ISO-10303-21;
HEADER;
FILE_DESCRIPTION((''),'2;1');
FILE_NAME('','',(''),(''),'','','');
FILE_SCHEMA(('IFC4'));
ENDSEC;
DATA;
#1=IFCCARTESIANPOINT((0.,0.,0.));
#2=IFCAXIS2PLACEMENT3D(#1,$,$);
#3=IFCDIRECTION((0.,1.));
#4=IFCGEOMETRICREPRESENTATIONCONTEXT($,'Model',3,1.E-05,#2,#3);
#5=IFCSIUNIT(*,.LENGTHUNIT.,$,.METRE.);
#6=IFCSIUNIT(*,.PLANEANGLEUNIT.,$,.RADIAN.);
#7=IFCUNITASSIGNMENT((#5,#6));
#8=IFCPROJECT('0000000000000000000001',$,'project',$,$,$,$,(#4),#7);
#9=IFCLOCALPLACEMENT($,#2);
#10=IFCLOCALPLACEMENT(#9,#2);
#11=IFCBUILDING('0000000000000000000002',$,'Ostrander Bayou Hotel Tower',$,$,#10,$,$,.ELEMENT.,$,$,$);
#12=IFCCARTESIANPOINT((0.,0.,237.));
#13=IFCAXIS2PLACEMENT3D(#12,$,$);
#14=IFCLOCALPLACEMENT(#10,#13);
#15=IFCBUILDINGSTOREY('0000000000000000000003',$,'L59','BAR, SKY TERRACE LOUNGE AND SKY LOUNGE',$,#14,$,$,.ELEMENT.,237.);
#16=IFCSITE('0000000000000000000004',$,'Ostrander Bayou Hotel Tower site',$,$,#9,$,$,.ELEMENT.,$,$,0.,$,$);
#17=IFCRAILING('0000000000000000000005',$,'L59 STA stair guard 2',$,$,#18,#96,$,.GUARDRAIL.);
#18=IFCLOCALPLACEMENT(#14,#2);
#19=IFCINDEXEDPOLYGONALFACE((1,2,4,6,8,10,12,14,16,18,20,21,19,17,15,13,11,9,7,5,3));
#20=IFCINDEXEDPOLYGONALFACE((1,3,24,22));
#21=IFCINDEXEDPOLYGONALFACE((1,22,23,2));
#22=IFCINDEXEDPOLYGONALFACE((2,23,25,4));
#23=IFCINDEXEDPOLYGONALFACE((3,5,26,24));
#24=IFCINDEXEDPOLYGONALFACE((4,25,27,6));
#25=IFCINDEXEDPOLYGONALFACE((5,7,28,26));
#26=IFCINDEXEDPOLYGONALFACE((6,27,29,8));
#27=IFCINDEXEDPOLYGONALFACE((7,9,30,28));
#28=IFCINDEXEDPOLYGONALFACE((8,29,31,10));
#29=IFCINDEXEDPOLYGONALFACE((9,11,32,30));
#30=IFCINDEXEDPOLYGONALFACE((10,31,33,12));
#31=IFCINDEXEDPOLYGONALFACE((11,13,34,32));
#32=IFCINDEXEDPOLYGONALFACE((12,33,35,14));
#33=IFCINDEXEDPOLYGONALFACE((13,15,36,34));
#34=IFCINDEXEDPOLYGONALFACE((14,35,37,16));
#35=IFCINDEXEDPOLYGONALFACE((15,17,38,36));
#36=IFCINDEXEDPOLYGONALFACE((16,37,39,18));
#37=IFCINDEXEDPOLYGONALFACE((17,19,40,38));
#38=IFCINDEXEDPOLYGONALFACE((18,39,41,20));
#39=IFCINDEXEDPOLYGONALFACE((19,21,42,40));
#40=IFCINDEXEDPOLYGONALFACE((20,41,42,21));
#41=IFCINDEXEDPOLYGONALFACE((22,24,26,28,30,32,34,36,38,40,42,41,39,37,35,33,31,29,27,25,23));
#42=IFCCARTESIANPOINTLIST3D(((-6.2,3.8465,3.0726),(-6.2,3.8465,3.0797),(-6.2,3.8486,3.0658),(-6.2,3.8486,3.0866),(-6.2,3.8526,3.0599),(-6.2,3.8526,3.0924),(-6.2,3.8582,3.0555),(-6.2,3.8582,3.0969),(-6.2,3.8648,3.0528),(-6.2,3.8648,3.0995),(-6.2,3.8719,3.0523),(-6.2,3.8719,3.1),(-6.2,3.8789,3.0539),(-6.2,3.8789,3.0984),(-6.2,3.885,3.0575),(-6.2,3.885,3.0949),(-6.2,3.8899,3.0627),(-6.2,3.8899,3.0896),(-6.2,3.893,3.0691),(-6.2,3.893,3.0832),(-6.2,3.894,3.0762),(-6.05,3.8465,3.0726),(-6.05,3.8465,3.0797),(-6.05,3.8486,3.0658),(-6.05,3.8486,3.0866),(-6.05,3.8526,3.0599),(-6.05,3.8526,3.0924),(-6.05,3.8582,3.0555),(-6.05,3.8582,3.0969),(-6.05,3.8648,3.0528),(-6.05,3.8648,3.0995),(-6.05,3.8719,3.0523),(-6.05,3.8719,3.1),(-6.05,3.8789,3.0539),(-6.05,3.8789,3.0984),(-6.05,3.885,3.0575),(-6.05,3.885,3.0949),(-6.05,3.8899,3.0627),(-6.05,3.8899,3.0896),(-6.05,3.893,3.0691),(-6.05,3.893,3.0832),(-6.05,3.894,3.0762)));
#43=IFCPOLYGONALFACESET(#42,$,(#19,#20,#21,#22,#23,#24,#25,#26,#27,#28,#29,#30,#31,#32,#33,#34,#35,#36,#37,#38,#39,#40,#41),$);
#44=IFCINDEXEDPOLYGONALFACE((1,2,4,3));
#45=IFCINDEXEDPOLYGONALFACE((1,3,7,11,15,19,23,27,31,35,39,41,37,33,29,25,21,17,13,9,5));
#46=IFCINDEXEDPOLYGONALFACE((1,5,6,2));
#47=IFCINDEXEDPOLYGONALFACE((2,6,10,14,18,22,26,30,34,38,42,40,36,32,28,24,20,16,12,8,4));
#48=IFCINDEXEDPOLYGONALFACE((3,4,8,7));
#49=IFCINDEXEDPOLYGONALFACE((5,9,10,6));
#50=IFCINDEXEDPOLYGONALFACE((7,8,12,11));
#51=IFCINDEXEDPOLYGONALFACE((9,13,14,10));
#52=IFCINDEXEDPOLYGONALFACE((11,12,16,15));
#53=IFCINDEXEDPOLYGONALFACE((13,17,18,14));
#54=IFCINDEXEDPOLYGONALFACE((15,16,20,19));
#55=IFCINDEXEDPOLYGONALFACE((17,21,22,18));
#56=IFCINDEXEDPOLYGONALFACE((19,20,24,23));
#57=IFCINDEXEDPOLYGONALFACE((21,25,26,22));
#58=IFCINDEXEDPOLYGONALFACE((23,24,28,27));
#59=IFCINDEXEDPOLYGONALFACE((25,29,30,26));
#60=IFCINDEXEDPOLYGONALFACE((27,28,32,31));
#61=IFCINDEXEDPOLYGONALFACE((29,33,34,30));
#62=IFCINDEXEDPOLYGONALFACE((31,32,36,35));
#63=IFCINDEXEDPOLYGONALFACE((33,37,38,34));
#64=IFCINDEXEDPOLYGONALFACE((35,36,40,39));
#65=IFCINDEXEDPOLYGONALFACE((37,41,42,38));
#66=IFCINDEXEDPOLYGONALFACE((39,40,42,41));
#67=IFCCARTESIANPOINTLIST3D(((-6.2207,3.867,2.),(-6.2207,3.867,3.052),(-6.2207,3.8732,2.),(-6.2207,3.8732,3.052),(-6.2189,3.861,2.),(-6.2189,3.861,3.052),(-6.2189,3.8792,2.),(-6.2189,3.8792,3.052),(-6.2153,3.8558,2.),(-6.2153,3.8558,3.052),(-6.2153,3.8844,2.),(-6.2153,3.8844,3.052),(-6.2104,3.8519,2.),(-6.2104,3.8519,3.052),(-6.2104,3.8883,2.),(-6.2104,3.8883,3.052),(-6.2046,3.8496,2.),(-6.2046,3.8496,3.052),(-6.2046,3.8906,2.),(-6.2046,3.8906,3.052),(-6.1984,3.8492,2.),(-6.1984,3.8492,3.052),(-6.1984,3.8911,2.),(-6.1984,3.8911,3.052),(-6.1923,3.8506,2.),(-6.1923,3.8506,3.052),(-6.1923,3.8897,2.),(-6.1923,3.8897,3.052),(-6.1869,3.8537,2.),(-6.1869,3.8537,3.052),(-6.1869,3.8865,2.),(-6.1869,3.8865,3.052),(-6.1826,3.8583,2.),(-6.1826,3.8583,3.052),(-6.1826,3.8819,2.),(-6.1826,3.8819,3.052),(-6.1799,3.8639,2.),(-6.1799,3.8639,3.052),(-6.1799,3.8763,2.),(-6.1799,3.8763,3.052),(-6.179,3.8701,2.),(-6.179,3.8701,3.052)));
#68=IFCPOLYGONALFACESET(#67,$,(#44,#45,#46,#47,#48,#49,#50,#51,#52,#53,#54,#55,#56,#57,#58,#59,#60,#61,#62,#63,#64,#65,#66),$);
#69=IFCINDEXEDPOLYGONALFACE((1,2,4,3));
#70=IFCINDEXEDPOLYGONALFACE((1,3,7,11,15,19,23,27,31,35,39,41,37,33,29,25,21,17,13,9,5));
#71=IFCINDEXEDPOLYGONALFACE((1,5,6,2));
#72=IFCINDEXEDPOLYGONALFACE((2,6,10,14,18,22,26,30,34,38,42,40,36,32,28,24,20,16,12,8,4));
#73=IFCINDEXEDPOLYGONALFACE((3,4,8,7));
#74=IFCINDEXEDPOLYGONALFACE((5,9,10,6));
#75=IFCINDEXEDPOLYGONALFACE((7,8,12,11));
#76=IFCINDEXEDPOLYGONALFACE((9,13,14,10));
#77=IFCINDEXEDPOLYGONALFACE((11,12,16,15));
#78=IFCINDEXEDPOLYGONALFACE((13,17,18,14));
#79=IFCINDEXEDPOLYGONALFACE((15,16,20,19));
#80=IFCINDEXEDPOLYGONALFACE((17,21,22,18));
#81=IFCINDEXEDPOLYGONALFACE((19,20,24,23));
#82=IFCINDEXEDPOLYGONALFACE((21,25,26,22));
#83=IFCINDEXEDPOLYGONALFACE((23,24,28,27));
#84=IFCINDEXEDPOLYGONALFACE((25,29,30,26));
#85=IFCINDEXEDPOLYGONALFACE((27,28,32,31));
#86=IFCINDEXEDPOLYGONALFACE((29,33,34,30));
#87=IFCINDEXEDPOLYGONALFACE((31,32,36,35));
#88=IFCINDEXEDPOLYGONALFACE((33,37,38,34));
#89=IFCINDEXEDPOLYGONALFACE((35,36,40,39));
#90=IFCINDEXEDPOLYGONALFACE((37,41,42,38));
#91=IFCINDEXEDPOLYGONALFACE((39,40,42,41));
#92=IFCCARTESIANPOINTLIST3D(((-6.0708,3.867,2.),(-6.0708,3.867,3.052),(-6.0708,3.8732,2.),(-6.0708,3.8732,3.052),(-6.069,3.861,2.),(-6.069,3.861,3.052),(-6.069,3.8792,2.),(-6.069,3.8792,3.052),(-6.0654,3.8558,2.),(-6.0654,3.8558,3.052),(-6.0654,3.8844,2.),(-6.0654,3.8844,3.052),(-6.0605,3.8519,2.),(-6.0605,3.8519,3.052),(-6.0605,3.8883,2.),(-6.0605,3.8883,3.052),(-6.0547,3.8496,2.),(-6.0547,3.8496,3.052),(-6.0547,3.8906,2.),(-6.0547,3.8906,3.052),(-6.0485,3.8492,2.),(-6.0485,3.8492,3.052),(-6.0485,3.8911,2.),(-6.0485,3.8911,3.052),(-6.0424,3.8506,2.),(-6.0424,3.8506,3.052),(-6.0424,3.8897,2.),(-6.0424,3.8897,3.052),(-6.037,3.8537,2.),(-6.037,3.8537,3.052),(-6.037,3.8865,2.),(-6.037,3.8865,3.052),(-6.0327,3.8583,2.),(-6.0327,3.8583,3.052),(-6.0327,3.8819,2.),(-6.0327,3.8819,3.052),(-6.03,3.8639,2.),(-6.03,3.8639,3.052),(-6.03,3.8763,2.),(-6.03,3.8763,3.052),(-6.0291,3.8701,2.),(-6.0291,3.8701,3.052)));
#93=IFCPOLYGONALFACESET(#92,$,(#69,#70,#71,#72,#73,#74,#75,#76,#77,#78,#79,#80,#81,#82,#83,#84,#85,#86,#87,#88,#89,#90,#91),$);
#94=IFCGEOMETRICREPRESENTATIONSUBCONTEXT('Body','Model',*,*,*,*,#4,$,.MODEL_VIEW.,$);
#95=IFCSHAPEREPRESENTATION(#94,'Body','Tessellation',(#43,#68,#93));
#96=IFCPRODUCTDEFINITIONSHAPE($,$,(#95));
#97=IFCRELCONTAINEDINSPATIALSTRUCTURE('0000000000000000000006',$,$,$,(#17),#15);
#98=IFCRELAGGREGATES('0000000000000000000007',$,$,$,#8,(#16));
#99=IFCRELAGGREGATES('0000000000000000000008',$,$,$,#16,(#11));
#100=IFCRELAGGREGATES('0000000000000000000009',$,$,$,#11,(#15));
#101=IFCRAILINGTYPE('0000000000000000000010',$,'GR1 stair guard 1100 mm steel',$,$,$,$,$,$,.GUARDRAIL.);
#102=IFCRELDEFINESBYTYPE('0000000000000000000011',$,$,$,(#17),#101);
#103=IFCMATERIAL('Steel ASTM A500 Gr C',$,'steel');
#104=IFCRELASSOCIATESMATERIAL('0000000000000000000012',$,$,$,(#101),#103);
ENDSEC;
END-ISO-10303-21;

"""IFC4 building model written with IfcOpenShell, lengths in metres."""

from ifc_helpers import new_model, si_unit, direction, frame, origin, origin_2d, place, context, subcontext, project, spatial, circle, extrude, material, type_object, element, save


model = new_model("IFC4")

# Units and contexts
model_context = context("Model", 3, precision=1e-05, world=origin(), true_north=direction((0.0, 1.0)))
body_context = subcontext(model_context, "Body", "Model", "MODEL_VIEW")
ifc_project = project(units=[si_unit("LENGTHUNIT", "METRE"), si_unit("PLANEANGLEUNIT", "RADIAN")], contexts=[model_context])

# Site, building, storey
site_placement = place(None, origin())
site = spatial("IfcSite", under=ifc_project, at=site_placement, Name="Ostrander Bayou Hotel Tower site", CompositionType="ELEMENT", RefElevation=0.0)
building_placement = place(site_placement, origin())
building = spatial("IfcBuilding", under=site, at=building_placement, Name="Ostrander Bayou Hotel Tower", CompositionType="ELEMENT")
storey_placement = place(building_placement, frame((0.0, 0.0, 237.0)))
storey = spatial("IfcBuildingStorey", under=building, at=storey_placement, Name="L59", Description="BAR, SKY TERRACE LOUNGE AND SKY LOUNGE", CompositionType="ELEMENT", Elevation=237.0)

# Railing
ifc_material_1 = material(Name="Steel ASTM A500 Gr C", Category="steel")
railing_type_1 = type_object("IfcRailingType", Name="GR1 stair guard 1100 mm steel", PredefinedType="GUARDRAIL", material=ifc_material_1)
railing_1_placement = place(storey_placement, frame((-6.2, 3.8701, 2.0)))
element("IfcRailing", 1, at=railing_1_placement, inside=storey, type_object=railing_type_1, Name="L59 STA stair guard 2", PredefinedType="GUARDRAIL", context=body_context, shape_type="SweptSolid", body=[
    extrude(circle(Radius=0.0239, at=origin_2d()), frame((0.0, 0.0, 1.0762), z_axis=(1.0, 0.0, 0.0), x_axis=(0.0, 1.0, 0.0)), (0.0, 0.0, 1.0), 0.1499),
    extrude(circle(Radius=0.021, at=origin_2d()), origin(), (0.0, 0.0, 1.0), 1.052),
    extrude(circle(Radius=0.021, at=origin_2d()), frame((0.1499, 0.0, 0.0)), (0.0, 0.0, 1.0), 1.052),
])

save(model, "model.ifc")
